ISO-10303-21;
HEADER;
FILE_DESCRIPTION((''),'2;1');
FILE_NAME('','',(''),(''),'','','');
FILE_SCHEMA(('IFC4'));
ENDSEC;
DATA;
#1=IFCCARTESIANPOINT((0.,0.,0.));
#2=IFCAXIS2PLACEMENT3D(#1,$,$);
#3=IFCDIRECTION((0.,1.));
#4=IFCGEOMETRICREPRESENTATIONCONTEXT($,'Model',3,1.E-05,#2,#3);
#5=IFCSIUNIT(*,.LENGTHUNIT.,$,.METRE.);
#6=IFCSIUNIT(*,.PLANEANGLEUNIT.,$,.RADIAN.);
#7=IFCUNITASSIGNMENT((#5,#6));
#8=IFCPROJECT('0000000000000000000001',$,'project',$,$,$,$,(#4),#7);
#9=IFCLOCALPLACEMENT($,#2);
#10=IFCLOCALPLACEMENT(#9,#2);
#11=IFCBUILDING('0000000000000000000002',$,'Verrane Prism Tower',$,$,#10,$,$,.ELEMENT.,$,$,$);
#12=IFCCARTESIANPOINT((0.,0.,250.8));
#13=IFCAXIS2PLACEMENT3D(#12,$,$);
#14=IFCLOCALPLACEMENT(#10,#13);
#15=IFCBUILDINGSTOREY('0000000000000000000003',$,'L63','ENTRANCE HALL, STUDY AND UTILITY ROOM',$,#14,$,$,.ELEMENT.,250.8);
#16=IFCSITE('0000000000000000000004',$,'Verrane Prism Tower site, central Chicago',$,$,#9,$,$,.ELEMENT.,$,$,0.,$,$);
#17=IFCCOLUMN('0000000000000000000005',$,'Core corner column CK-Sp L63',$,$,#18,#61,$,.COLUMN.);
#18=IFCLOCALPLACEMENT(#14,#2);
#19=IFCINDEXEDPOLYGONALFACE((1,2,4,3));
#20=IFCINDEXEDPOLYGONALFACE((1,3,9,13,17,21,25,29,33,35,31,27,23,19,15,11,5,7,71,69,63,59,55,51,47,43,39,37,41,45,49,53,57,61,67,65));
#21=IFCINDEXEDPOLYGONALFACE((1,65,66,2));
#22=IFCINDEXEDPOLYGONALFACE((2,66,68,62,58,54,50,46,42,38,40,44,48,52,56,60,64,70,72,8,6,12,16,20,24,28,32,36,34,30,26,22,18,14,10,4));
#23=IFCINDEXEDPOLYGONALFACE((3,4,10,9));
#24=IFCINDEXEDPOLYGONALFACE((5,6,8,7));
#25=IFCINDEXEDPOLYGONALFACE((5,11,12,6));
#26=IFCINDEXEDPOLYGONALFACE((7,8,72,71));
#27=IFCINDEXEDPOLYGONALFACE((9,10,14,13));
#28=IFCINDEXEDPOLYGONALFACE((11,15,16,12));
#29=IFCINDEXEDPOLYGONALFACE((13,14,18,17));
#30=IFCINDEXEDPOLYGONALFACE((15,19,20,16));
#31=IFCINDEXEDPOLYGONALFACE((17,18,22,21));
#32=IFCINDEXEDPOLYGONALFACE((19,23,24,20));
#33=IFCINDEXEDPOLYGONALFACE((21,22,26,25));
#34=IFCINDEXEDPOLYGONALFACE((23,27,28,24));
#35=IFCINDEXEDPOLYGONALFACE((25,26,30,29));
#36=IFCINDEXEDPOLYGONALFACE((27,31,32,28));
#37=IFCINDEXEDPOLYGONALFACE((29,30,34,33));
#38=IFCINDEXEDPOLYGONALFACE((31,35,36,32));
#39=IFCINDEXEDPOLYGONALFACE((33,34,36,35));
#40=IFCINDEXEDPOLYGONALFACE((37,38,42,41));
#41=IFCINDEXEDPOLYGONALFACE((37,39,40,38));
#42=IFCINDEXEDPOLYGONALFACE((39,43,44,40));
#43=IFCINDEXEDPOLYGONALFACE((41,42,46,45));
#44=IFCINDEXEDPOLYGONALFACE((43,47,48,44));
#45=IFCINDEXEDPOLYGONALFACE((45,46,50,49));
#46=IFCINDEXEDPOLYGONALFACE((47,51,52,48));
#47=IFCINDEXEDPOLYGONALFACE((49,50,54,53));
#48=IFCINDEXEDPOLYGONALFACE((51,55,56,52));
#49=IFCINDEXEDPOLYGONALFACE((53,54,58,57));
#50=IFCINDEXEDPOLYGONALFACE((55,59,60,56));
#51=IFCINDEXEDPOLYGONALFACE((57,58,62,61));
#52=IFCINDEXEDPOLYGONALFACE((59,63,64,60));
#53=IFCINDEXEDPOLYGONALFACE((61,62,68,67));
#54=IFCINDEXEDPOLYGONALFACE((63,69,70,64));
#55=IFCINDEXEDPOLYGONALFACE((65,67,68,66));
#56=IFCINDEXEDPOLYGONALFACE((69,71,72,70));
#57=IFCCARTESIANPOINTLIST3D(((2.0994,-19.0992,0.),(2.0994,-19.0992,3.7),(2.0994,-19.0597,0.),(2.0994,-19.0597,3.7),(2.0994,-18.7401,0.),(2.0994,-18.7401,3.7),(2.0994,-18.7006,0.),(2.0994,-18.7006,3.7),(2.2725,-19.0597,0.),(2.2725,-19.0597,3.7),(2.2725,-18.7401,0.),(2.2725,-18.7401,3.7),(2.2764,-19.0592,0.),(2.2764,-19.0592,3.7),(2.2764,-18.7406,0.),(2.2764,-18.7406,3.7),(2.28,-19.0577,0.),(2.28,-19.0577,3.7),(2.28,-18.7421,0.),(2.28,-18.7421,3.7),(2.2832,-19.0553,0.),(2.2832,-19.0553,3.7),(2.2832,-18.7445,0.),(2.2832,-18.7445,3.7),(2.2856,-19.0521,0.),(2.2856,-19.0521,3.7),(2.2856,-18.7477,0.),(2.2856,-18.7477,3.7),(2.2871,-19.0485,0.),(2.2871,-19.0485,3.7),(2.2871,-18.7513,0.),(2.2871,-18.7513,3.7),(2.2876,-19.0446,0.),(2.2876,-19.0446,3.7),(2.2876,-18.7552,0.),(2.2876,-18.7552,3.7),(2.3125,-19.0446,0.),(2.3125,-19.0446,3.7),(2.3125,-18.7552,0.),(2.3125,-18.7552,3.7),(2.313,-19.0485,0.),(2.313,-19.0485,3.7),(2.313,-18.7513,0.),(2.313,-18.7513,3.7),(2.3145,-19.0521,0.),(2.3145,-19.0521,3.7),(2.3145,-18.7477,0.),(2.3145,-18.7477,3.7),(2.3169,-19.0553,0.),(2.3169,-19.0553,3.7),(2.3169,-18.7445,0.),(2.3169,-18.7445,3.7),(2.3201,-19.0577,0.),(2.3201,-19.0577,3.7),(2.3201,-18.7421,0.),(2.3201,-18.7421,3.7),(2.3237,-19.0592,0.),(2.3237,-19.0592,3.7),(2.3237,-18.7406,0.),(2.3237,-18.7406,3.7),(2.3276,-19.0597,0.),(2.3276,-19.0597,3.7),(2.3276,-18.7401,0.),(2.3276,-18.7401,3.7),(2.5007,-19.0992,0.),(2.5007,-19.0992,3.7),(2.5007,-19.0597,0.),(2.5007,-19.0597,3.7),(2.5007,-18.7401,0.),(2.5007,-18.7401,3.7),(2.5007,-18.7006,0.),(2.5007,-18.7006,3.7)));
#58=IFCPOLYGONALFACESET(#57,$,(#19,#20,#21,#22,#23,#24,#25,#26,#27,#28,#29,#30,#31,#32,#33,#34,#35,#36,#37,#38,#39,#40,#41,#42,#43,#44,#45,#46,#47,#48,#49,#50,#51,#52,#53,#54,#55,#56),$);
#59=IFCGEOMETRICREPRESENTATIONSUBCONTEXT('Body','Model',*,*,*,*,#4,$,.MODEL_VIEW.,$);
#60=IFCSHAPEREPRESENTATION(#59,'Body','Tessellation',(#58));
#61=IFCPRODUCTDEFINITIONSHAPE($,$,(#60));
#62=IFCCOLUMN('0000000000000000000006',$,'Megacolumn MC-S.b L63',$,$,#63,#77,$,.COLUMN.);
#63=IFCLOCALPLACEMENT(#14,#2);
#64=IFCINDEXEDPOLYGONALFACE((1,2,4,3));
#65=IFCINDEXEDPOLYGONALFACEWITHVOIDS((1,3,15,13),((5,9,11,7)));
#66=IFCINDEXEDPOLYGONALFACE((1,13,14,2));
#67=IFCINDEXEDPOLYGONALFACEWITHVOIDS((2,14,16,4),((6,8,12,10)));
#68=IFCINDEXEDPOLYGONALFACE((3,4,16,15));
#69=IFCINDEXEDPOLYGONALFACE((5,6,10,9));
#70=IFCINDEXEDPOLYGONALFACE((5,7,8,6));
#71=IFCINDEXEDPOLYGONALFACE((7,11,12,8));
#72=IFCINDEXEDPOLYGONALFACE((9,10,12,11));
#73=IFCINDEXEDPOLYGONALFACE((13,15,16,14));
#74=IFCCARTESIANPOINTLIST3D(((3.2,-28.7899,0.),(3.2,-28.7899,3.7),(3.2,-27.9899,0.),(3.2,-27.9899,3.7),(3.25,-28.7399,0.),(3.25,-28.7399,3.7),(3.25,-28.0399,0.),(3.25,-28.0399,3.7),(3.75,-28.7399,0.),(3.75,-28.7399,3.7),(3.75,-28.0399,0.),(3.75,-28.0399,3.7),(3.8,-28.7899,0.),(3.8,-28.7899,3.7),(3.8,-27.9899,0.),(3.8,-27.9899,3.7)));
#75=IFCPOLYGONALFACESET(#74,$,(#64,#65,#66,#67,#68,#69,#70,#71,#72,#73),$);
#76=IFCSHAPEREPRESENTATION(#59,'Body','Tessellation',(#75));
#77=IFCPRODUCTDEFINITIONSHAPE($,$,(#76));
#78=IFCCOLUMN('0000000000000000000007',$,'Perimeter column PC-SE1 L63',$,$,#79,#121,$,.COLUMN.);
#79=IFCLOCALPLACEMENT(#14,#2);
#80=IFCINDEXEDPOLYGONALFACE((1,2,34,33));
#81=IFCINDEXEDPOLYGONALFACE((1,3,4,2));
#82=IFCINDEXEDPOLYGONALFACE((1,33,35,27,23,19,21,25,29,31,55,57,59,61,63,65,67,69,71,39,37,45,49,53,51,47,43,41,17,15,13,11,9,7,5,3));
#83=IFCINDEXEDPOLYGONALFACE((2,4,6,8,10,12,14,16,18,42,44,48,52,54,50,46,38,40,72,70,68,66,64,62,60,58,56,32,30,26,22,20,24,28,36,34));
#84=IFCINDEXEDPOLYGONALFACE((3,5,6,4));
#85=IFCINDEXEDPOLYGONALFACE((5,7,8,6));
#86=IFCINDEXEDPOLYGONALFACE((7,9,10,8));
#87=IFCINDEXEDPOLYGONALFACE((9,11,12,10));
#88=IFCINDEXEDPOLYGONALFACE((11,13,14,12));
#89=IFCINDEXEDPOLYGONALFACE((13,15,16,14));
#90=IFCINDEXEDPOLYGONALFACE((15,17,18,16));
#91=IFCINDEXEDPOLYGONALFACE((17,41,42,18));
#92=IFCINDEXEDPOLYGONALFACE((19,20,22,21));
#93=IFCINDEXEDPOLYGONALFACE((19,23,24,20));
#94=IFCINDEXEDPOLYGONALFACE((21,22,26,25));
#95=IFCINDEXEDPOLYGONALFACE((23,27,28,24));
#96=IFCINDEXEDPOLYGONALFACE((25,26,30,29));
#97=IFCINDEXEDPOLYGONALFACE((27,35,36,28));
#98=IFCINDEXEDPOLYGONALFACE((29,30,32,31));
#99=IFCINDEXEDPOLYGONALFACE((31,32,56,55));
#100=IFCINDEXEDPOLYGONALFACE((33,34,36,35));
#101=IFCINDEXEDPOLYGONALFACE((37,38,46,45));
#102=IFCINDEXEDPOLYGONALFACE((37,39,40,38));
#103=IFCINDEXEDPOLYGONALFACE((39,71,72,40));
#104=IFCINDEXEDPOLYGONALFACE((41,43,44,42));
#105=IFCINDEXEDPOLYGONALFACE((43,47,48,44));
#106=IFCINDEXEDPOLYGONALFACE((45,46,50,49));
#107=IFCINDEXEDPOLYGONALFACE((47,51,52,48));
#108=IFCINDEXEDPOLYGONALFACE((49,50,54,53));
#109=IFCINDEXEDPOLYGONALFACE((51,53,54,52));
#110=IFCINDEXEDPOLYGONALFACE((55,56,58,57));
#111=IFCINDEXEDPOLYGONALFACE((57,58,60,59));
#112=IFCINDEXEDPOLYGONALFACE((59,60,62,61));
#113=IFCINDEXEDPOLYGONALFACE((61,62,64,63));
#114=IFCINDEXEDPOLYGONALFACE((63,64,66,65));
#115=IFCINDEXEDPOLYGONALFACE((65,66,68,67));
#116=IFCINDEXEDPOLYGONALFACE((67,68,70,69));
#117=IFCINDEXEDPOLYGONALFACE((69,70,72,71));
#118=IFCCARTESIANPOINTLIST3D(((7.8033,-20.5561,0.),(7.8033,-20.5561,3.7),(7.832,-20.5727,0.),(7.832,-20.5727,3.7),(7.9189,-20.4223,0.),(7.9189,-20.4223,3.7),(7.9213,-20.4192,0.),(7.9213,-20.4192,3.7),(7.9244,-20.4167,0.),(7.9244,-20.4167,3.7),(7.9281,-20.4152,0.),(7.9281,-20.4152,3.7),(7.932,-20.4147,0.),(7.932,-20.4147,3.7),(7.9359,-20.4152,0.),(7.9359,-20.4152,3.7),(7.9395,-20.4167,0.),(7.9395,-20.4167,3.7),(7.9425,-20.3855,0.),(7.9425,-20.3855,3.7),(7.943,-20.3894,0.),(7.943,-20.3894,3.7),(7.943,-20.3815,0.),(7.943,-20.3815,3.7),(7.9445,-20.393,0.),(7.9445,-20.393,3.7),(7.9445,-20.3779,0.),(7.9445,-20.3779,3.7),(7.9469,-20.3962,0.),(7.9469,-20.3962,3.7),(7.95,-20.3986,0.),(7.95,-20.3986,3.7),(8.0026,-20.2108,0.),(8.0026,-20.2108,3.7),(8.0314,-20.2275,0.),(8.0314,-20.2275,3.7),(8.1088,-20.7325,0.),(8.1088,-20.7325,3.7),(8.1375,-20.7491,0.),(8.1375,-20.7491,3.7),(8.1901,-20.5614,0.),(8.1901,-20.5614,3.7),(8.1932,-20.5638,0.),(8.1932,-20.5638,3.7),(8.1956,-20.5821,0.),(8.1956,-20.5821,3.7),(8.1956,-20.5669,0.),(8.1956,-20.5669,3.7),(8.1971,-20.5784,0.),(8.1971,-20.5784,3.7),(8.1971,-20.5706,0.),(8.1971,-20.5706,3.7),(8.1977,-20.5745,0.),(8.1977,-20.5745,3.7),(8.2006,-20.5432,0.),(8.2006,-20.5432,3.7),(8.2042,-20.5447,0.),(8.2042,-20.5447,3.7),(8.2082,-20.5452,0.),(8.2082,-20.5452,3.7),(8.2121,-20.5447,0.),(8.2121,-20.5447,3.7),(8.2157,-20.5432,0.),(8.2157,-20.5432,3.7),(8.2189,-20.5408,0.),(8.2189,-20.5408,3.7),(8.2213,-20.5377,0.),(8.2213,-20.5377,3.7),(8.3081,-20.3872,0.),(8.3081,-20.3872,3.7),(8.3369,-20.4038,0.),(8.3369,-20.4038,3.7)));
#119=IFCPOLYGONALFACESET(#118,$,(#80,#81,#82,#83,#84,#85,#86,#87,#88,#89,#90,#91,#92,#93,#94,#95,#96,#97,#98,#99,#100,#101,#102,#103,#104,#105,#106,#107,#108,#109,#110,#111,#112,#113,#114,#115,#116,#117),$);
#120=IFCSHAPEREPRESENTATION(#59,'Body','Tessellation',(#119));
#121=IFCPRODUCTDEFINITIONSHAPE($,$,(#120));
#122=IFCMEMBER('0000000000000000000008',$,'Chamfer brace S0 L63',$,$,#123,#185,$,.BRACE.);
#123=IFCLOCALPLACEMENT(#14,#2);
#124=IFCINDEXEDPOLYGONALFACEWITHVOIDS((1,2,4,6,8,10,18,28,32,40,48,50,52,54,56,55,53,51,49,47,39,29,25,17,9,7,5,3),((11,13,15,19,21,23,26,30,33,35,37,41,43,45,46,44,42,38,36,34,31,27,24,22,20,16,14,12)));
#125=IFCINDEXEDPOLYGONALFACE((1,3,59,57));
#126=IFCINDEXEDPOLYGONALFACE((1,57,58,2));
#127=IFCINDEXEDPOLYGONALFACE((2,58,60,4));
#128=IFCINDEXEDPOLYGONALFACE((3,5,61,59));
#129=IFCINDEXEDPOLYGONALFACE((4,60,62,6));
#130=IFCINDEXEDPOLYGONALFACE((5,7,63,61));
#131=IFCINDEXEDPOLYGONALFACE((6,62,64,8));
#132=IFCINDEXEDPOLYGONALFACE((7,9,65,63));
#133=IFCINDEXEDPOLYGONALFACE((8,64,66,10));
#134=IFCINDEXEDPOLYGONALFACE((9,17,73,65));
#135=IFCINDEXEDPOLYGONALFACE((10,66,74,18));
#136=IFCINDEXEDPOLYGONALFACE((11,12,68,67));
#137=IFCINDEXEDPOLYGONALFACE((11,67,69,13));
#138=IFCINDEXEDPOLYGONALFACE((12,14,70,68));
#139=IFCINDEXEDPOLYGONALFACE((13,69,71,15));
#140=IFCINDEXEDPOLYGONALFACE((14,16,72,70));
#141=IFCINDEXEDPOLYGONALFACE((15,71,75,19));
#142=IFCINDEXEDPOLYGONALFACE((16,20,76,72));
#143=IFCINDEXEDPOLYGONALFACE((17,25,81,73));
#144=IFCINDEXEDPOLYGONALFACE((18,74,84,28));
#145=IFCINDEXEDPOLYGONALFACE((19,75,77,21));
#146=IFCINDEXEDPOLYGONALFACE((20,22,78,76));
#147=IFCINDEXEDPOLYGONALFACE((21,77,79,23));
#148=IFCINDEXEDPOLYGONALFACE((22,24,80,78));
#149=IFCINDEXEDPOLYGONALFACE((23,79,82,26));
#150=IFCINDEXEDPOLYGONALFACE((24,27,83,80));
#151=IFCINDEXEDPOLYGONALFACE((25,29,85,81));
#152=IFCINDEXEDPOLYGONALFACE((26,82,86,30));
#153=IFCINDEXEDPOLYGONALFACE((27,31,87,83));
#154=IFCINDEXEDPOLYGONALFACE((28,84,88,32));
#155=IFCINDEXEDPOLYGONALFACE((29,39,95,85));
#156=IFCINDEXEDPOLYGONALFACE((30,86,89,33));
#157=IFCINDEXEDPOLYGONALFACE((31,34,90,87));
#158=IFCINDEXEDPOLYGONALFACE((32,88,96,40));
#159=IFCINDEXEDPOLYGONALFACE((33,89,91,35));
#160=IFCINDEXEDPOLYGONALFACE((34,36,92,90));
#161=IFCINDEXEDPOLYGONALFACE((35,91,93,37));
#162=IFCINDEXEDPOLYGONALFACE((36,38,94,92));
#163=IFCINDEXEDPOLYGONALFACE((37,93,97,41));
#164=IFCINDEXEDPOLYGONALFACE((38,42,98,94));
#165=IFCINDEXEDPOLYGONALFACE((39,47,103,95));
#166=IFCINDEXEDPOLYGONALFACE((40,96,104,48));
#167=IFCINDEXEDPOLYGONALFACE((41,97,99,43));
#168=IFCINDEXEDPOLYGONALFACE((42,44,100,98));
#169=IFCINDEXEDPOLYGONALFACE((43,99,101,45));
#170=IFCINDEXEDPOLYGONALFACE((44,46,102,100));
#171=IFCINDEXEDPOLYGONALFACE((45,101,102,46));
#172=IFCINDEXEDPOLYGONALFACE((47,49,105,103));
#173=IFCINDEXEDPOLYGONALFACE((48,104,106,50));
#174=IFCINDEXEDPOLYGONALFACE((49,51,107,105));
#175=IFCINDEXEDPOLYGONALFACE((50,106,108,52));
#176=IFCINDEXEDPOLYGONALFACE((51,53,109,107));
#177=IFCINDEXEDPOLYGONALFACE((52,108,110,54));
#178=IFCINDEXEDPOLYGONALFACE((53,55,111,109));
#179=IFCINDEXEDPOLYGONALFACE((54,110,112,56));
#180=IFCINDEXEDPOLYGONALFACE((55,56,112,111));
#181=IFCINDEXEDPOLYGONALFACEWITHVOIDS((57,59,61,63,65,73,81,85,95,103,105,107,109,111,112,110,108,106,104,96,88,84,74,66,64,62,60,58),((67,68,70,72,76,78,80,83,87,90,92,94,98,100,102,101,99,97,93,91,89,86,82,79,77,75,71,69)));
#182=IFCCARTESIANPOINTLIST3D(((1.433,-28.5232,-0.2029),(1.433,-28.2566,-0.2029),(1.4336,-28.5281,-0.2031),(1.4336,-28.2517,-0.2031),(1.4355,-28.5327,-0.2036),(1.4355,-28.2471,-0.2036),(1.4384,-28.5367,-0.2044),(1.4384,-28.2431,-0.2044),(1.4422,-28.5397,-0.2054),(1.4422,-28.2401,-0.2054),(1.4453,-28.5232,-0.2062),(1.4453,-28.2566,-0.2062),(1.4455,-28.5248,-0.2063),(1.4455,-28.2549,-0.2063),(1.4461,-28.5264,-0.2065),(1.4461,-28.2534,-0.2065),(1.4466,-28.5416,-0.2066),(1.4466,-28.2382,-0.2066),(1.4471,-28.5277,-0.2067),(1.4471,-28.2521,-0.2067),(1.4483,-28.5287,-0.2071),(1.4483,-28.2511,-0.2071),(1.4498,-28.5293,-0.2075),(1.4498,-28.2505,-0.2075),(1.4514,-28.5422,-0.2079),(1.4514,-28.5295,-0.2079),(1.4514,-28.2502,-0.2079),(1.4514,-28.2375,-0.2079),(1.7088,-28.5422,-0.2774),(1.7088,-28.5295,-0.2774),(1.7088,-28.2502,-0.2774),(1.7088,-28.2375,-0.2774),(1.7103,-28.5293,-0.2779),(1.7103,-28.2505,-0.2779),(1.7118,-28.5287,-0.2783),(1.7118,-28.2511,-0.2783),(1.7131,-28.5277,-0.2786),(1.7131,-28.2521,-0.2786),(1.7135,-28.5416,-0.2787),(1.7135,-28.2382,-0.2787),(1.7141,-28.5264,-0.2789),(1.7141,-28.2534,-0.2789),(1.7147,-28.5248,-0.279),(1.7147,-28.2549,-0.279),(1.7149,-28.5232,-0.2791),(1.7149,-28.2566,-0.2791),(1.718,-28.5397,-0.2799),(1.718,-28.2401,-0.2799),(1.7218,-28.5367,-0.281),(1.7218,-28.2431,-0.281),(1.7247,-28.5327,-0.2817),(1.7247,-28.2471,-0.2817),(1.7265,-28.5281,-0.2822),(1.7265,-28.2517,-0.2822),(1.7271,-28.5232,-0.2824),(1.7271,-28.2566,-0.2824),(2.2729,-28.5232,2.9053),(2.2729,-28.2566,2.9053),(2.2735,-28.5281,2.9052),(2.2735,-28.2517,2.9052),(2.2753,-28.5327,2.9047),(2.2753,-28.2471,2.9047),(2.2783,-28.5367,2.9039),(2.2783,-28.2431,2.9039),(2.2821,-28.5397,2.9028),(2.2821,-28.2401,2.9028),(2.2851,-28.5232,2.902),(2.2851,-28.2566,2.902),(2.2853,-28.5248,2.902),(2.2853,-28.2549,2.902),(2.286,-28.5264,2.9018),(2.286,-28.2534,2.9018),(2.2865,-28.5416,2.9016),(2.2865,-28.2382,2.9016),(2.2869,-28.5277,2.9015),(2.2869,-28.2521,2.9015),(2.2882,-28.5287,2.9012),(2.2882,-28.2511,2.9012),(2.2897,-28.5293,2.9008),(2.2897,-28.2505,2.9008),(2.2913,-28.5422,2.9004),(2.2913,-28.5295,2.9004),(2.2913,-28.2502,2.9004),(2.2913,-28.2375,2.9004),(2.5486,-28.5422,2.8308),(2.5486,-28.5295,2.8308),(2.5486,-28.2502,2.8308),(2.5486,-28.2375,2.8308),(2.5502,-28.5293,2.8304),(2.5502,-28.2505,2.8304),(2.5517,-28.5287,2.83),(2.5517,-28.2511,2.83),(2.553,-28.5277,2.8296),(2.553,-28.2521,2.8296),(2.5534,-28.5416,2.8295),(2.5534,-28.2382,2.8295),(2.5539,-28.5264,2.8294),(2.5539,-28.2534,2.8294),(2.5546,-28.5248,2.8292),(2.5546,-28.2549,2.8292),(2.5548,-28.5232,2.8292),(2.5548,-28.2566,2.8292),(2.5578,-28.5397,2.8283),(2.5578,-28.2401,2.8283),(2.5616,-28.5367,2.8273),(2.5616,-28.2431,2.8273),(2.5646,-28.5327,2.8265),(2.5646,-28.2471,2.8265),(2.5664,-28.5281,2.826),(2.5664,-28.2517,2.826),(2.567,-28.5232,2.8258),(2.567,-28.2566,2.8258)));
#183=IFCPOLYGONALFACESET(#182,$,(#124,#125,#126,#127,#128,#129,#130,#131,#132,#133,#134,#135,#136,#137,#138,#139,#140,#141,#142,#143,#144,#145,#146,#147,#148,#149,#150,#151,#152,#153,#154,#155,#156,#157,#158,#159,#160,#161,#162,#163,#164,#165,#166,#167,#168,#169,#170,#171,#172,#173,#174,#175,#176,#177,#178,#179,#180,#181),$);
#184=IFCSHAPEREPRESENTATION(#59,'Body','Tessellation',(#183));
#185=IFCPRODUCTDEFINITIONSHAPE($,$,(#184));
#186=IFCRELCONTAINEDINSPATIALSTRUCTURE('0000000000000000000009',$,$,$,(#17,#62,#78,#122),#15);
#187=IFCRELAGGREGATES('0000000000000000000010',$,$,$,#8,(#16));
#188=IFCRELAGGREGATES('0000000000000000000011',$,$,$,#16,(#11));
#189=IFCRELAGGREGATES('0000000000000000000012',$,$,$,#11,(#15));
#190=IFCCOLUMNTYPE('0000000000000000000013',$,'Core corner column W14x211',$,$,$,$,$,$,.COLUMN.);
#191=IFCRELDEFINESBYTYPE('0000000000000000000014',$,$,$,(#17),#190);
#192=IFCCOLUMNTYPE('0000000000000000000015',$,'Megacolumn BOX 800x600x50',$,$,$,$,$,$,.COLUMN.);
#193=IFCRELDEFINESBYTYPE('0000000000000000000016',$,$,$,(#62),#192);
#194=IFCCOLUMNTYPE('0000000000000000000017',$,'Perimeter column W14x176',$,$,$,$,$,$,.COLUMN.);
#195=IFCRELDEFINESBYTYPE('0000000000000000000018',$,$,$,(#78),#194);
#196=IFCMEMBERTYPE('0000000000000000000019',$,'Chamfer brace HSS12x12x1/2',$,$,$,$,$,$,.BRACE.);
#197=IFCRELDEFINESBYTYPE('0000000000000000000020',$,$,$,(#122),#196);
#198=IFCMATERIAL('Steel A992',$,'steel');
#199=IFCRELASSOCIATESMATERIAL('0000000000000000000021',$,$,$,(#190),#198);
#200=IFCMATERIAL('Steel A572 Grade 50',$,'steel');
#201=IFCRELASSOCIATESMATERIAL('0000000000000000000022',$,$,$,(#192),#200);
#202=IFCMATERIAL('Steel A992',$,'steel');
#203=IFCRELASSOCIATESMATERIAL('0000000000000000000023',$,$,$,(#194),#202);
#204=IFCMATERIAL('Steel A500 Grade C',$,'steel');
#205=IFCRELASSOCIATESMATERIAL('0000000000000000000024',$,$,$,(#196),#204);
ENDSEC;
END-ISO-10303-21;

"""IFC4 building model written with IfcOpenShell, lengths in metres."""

from ifc_helpers import new_model, si_unit, direction, frame, origin, origin_2d, place, context, subcontext, project, spatial, hollow_rectangle, i_section, extrude, material, material_profile, profile_set, type_object, element, save


model = new_model("IFC4")

# Units and contexts
model_context = context("Model", 3, precision=1e-05, world=origin(), true_north=direction((0.0, 1.0)))
body_context = subcontext(model_context, "Body", "Model", "MODEL_VIEW")
ifc_project = project(units=[si_unit("LENGTHUNIT", "METRE"), si_unit("PLANEANGLEUNIT", "RADIAN")], contexts=[model_context])

# Site, building, storey
site_placement = place(None, origin())
site = spatial("IfcSite", under=ifc_project, at=site_placement, Name="Verrane Prism Tower site, central Chicago", CompositionType="ELEMENT", RefElevation=0.0)
building_placement = place(site_placement, origin())
building = spatial("IfcBuilding", under=site, at=building_placement, Name="Verrane Prism Tower", CompositionType="ELEMENT")
storey_placement = place(building_placement, frame((0.0, 0.0, 250.8)))
storey = spatial("IfcBuildingStorey", under=building, at=storey_placement, Name="L63", Description="ENTRANCE HALL, STUDY AND UTILITY ROOM", CompositionType="ELEMENT", Elevation=250.8)

# Columns
ifc_material_1 = material(Name="Steel A992", Category="steel")
ifc_material_profile_1 = material_profile(ifc_material_1, i_section(OverallWidth=0.4014, OverallDepth=0.3987, WebThickness=0.0249, FlangeThickness=0.0396, FilletRadius=0.0151, at=origin_2d()), Name="W14x211")
ifc_profile_set_1 = profile_set([ifc_material_profile_1], Name="Steel A992")
column_type_1 = type_object("IfcColumnType", Name="Core corner column W14x211", PredefinedType="COLUMN", material=ifc_profile_set_1)
column_1_placement = place(storey_placement, frame((2.3, -18.8999, 0.0), z_axis=(0.0, 0.0, 1.0), x_axis=(-1.0, 0.0, 0.0)))
element("IfcColumn", 1, at=column_1_placement, inside=storey, type_object=column_type_1, Name="Core corner column CK-Sp L63", PredefinedType="COLUMN", context=body_context, shape_type="SweptSolid", body=[
    extrude(i_section(OverallWidth=0.4014, OverallDepth=0.3987, WebThickness=0.0249, FlangeThickness=0.0396, FilletRadius=0.0151, at=origin_2d()), origin(), (0.0, 0.0, 1.0), 3.7),
])
ifc_material_2 = material(Name="Steel A572 Grade 50", Category="steel")
ifc_material_profile_2 = material_profile(ifc_material_2, hollow_rectangle(XDim=0.6001, YDim=0.8, WallThickness=0.05, at=origin_2d()), Name="BOX 800x600x50")
ifc_profile_set_2 = profile_set([ifc_material_profile_2], Name="Steel A572 Grade 50")
column_type_2 = type_object("IfcColumnType", Name="Megacolumn BOX 800x600x50", PredefinedType="COLUMN", material=ifc_profile_set_2)
column_2_placement = place(storey_placement, frame((3.5, -28.3899, 0.0), z_axis=(0.0, 0.0, 1.0), x_axis=(-1.0, 0.0, 0.0)))
element("IfcColumn", 2, at=column_2_placement, inside=storey, type_object=column_type_2, Name="Megacolumn MC-S.b L63", PredefinedType="COLUMN", context=body_context, shape_type="SweptSolid", body=[
    extrude(hollow_rectangle(XDim=0.6001, YDim=0.8, WallThickness=0.05, at=origin_2d()), origin(), (0.0, 0.0, 1.0), 3.7),
])
ifc_material_3 = material(Name="Steel A992", Category="steel")
ifc_material_profile_3 = material_profile(ifc_material_3, i_section(OverallWidth=0.3987, OverallDepth=0.386, WebThickness=0.021, FlangeThickness=0.0332, FilletRadius=0.0151, at=origin_2d()), Name="W14x176")
ifc_profile_set_3 = profile_set([ifc_material_profile_3], Name="Steel A992")
column_type_3 = type_object("IfcColumnType", Name="Perimeter column W14x176", PredefinedType="COLUMN", material=ifc_profile_set_3)
column_3_placement = place(storey_placement, frame((8.0701, -20.48, 0.0), z_axis=(0.0, 0.0, 1.0), x_axis=(-0.5, -0.866025, 0.0)))
element("IfcColumn", 3, at=column_3_placement, inside=storey, type_object=column_type_3, Name="Perimeter column PC-SE1 L63", PredefinedType="COLUMN", context=body_context, shape_type="SweptSolid", body=[
    extrude(i_section(OverallWidth=0.3987, OverallDepth=0.386, WebThickness=0.021, FlangeThickness=0.0332, FilletRadius=0.0151, at=origin_2d()), origin(), (0.0, 0.0, 1.0), 3.7),
])

# Member
ifc_material_4 = material(Name="Steel A500 Grade C", Category="steel")
ifc_material_profile_4 = material_profile(ifc_material_4, hollow_rectangle(XDim=0.3047, YDim=0.3047, WallThickness=0.0127, InnerFilletRadius=0.0063, OuterFilletRadius=0.019, at=origin_2d()), Name="HSS12x12x1/2")
ifc_profile_set_4 = profile_set([ifc_material_profile_4], Name="Steel A500 Grade C")
member_type_1 = type_object("IfcMemberType", Name="Chamfer brace HSS12x12x1/2", PredefinedType="BRACE", material=ifc_profile_set_4)
member_1_placement = place(storey_placement, frame((1.5801, -28.3899, -0.2427), z_axis=(0.260852, 0.0, 0.965379), x_axis=(0.0, 1.0, 0.0)))
element("IfcMember", 4, at=member_1_placement, inside=storey, type_object=member_type_1, Name="Chamfer brace S0 L63", PredefinedType="BRACE", context=body_context, shape_type="SweptSolid", body=[
    extrude(hollow_rectangle(XDim=0.3047, YDim=0.3047, WallThickness=0.0127, InnerFilletRadius=0.0063, OuterFilletRadius=0.019, at=origin_2d()), origin(), (0.0, 0.0, 1.0), 3.2197),
])

save(model, "model.ifc")
